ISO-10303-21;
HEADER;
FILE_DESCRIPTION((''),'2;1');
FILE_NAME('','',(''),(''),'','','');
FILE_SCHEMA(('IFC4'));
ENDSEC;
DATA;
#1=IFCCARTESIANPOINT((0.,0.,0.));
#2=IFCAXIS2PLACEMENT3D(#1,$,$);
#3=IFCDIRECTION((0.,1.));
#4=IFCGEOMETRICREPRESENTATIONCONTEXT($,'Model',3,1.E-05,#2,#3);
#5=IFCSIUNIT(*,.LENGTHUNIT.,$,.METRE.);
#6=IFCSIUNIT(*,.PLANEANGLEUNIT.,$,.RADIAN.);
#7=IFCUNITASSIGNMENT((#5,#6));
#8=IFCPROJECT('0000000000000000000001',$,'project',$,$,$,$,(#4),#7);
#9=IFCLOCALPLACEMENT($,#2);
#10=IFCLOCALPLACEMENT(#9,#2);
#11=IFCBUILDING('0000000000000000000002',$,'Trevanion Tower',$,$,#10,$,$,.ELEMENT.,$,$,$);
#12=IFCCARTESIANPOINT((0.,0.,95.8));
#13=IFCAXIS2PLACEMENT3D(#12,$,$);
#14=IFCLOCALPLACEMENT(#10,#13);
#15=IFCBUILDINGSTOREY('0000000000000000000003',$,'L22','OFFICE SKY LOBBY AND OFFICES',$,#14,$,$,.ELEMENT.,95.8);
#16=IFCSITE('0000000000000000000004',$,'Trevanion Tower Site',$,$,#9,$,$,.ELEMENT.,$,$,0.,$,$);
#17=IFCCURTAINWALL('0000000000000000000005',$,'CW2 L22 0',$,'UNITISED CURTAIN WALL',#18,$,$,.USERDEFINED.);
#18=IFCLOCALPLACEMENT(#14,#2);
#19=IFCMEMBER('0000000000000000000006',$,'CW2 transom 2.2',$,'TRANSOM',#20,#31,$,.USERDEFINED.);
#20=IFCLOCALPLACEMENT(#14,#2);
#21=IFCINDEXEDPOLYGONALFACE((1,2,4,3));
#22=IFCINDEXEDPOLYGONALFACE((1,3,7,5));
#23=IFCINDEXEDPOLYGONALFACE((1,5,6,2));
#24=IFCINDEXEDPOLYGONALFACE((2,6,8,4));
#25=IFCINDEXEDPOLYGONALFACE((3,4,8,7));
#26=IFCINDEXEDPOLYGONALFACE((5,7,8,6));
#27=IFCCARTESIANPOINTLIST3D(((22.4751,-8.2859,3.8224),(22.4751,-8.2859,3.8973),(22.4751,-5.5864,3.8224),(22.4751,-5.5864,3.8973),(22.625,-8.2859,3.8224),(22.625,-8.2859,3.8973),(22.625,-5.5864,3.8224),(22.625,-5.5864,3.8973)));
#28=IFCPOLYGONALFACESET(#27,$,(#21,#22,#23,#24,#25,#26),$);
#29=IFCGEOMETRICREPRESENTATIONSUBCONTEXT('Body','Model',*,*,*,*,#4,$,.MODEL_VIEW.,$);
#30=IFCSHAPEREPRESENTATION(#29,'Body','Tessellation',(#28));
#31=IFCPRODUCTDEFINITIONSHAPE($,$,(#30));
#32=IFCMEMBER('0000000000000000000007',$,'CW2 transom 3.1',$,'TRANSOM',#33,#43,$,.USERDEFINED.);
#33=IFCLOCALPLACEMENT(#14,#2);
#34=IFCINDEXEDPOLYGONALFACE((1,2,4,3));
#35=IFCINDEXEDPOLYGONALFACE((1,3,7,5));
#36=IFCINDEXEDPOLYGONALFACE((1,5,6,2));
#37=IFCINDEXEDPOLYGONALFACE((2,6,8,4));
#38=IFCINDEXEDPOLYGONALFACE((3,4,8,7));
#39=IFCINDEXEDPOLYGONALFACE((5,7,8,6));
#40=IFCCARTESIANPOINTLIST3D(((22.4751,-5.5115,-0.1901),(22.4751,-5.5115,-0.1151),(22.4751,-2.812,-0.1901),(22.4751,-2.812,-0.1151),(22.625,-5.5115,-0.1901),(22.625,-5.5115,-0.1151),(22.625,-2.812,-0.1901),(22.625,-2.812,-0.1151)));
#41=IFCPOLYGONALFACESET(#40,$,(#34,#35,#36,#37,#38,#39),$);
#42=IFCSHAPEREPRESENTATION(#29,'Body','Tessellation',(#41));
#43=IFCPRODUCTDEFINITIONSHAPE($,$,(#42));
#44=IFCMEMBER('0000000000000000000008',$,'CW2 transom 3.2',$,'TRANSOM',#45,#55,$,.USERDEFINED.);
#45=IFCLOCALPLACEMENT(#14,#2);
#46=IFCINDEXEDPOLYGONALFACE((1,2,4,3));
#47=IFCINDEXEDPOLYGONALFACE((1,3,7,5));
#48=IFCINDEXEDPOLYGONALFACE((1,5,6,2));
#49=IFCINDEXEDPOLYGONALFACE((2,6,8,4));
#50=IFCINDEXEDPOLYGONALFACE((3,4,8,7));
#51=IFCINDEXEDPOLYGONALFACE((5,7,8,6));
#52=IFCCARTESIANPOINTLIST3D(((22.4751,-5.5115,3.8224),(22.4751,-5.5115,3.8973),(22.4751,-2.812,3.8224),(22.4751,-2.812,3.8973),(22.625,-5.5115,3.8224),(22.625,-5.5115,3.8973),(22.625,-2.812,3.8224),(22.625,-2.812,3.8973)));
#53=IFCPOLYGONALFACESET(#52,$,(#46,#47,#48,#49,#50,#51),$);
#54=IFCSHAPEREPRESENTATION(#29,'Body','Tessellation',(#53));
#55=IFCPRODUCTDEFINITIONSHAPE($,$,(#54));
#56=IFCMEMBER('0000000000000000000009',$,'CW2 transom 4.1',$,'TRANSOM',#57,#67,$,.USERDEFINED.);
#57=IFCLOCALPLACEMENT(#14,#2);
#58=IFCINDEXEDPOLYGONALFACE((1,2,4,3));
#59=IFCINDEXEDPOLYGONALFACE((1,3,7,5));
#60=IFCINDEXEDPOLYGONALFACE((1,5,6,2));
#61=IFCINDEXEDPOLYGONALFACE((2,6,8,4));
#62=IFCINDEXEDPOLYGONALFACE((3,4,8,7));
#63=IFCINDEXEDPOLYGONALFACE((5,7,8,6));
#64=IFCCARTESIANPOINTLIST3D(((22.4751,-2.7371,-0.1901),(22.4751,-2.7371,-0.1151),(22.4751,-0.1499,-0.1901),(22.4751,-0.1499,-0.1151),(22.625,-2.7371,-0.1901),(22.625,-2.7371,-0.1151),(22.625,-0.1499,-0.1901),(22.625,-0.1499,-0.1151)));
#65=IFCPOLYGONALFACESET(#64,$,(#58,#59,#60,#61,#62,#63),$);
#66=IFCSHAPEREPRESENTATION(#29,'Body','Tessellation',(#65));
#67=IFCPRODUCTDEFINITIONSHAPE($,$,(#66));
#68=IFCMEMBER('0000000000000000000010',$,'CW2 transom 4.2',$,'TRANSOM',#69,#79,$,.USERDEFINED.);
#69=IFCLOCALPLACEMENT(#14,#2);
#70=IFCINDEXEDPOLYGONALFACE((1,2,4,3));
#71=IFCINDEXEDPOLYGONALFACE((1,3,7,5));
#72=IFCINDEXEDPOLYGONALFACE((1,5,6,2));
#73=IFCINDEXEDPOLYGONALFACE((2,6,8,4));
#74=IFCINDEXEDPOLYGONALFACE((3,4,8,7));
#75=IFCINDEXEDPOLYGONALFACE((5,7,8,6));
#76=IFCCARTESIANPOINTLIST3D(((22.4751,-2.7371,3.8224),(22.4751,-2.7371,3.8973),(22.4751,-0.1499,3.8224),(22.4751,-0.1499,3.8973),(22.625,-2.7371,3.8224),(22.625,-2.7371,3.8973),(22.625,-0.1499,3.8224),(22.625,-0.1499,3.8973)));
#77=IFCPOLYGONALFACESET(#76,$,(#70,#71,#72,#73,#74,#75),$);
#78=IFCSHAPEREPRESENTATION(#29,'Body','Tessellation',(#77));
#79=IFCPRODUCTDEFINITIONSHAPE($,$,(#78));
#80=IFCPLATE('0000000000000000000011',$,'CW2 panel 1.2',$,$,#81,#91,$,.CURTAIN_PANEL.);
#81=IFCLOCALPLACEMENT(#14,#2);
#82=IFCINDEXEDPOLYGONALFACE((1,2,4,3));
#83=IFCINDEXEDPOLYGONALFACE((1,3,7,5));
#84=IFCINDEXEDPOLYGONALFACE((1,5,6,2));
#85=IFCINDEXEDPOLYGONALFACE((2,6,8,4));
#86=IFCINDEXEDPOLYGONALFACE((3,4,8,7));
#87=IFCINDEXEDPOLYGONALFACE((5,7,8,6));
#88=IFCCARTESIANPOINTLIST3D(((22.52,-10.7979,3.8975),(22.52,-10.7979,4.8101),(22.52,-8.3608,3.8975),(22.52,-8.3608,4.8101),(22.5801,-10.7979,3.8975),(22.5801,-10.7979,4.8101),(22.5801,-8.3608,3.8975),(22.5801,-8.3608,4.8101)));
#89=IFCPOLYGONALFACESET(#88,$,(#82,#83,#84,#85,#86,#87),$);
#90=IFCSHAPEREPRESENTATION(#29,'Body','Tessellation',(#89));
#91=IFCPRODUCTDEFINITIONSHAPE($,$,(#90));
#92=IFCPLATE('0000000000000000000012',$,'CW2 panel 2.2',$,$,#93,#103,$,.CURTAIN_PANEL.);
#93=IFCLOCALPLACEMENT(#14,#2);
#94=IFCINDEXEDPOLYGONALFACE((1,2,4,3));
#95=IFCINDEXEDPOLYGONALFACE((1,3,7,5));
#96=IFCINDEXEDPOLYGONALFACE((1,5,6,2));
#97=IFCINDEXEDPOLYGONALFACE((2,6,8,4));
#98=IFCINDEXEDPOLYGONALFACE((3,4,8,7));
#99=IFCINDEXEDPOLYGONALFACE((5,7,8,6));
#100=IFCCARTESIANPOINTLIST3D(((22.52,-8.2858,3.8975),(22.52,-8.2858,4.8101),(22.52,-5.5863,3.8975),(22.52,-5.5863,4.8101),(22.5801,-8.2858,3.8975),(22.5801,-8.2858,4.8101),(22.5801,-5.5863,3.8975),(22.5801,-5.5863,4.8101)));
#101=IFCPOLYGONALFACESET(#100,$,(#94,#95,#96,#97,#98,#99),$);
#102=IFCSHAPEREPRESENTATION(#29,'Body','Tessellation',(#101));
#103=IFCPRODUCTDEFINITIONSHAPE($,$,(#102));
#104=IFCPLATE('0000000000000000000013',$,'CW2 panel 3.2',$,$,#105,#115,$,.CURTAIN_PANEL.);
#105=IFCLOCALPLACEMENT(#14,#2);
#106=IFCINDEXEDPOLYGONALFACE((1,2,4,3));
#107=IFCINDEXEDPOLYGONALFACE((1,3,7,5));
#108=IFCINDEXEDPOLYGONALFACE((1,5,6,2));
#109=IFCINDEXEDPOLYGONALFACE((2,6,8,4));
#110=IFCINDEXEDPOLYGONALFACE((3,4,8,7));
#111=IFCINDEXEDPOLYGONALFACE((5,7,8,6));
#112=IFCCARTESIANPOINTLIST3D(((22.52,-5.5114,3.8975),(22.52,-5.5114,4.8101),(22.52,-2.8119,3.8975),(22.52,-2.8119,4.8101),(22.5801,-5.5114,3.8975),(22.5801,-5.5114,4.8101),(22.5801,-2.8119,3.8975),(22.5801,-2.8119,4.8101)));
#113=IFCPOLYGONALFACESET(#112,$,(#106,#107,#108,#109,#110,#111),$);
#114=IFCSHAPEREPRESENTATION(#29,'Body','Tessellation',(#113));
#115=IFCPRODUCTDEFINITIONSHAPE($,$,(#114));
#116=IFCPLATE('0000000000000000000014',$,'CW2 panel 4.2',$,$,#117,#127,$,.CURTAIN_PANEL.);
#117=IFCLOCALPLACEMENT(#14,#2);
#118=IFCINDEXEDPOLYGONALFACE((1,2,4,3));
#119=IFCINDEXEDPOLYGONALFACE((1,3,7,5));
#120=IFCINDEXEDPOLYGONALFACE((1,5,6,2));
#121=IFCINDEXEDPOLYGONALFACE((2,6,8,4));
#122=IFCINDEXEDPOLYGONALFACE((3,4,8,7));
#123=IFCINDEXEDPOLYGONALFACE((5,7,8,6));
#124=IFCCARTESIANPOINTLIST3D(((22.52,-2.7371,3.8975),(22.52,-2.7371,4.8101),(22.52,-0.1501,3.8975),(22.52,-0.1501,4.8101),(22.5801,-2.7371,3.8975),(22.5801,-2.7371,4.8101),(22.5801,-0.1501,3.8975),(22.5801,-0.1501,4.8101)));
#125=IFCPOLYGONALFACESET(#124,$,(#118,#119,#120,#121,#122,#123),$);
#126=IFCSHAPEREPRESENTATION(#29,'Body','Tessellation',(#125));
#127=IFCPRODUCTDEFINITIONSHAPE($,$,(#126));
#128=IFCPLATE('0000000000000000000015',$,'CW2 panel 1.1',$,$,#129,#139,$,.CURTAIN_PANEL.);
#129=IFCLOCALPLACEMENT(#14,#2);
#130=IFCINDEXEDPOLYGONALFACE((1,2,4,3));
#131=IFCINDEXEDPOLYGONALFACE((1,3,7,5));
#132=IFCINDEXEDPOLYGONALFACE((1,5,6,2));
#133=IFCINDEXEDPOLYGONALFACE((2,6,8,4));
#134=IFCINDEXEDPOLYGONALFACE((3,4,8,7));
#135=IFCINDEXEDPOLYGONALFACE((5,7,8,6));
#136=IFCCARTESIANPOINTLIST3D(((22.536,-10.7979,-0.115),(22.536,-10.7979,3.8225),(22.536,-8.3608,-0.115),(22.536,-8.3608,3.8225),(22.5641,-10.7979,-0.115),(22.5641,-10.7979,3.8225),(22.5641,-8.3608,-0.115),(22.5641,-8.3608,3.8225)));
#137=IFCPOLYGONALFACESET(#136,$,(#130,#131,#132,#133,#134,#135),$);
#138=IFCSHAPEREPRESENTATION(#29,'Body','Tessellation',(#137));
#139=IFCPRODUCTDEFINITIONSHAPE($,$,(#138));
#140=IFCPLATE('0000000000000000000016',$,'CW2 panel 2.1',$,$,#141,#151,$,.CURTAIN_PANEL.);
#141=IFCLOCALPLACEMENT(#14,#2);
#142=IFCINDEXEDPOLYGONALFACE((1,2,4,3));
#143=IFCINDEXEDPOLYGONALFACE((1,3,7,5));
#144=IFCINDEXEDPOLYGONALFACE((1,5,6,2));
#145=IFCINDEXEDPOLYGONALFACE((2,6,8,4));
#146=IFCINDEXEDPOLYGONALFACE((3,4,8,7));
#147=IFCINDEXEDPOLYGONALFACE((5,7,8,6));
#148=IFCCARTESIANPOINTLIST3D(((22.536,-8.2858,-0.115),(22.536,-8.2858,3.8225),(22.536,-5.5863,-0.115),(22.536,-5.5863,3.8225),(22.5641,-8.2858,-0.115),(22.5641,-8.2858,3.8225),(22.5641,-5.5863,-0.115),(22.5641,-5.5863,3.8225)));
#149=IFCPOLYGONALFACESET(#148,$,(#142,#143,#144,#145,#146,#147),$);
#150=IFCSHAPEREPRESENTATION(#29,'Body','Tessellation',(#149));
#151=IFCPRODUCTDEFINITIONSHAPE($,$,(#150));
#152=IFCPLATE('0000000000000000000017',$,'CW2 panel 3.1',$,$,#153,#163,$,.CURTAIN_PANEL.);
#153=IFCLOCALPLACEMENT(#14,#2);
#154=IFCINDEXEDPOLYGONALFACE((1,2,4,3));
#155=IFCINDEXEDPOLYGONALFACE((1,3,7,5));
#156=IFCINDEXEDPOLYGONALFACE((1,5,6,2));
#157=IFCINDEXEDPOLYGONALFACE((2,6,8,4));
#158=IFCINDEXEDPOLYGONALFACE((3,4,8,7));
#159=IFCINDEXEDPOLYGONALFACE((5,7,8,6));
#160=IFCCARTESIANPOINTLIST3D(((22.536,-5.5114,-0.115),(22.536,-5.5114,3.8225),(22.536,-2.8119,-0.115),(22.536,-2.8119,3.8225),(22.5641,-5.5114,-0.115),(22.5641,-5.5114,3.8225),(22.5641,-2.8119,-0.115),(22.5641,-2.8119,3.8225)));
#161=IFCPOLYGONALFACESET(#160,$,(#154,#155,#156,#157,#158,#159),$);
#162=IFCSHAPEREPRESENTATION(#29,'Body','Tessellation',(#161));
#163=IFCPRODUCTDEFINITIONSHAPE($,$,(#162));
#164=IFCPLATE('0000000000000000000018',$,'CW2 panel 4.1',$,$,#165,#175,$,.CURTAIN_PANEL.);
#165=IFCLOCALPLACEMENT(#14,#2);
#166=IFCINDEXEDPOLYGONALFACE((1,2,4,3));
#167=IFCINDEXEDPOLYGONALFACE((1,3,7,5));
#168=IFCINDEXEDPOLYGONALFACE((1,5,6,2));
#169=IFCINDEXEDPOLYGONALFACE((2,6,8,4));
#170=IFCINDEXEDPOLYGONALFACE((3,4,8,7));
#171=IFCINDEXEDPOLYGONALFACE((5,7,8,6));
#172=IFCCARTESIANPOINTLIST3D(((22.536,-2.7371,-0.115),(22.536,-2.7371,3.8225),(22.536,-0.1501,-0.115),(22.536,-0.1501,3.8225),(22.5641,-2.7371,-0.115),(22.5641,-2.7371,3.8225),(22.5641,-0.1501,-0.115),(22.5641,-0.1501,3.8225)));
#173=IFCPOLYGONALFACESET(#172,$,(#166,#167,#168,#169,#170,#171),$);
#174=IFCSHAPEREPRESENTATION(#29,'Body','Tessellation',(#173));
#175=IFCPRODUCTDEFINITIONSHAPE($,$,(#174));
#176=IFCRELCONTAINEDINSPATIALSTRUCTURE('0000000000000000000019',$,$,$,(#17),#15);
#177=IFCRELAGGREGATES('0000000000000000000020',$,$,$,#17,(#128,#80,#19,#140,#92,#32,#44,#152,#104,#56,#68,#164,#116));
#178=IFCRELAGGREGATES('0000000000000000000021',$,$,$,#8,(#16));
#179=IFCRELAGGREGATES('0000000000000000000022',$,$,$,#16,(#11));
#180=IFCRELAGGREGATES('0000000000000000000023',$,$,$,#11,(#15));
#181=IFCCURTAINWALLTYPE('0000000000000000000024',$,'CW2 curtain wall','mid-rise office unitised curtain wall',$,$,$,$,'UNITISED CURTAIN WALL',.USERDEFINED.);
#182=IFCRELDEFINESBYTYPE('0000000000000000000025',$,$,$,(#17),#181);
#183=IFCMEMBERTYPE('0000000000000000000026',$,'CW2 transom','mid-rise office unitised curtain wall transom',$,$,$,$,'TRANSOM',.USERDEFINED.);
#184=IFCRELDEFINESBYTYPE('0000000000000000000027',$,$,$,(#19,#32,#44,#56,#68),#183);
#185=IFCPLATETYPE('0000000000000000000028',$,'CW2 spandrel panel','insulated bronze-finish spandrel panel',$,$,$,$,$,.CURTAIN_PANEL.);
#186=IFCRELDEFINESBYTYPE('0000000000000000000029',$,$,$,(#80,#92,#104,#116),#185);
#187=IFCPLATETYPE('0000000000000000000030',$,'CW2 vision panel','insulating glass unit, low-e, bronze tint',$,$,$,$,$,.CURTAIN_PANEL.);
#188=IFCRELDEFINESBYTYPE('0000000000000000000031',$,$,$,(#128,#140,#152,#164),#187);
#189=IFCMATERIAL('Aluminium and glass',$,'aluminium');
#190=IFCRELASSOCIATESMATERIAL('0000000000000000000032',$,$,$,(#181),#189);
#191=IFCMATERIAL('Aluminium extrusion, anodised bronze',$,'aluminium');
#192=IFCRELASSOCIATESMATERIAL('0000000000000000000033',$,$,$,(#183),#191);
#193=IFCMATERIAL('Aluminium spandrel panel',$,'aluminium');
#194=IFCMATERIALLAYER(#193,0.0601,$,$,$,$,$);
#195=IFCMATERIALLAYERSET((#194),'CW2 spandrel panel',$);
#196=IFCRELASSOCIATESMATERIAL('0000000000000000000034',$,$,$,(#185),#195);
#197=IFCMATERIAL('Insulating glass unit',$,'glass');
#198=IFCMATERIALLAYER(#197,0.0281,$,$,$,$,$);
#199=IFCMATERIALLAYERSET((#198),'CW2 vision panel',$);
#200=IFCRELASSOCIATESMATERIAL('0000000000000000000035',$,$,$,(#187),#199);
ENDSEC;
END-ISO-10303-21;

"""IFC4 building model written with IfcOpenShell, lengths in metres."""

from ifc_helpers import new_model, si_unit, direction, frame, origin, origin_2d, place, context, subcontext, project, spatial, rectangle, extrude, material, layer, layer_set, material_profile, profile_set, type_object, element, aggregate, save


model = new_model("IFC4")

# Units and contexts
model_context = context("Model", 3, precision=1e-05, world=origin(), true_north=direction((0.0, 1.0)))
body_context = subcontext(model_context, "Body", "Model", "MODEL_VIEW")
ifc_project = project(units=[si_unit("LENGTHUNIT", "METRE"), si_unit("PLANEANGLEUNIT", "RADIAN")], contexts=[model_context])

# Site, building, storey
site_placement = place(None, origin())
site = spatial("IfcSite", under=ifc_project, at=site_placement, Name="Trevanion Tower Site", CompositionType="ELEMENT", RefElevation=0.0)
building_placement = place(site_placement, origin())
building = spatial("IfcBuilding", under=site, at=building_placement, Name="Trevanion Tower", CompositionType="ELEMENT")
storey_placement = place(building_placement, frame((0.0, 0.0, 95.8)))
storey = spatial("IfcBuildingStorey", under=building, at=storey_placement, Name="L22", Description="OFFICE SKY LOBBY AND OFFICES", CompositionType="ELEMENT", Elevation=95.8)

# Curtain wall
ifc_material_1 = material(Name="Aluminium and glass", Category="aluminium")
curtain_wall_type = type_object("IfcCurtainWallType", Name="CW2 curtain wall", Description="mid-rise office unitised curtain wall", ElementType="UNITISED CURTAIN WALL", PredefinedType="USERDEFINED", material=ifc_material_1)
curtain_wall_1_placement = place(storey_placement, origin())
curtain_wall_1 = element("IfcCurtainWall", 1, at=curtain_wall_1_placement, inside=storey, type_object=curtain_wall_type, Name="CW2 L22 0", ObjectType="UNITISED CURTAIN WALL", PredefinedType="USERDEFINED")

# Members
ifc_material_2 = material(Name="Aluminium extrusion, anodised bronze", Category="aluminium")
ifc_material_profile_1 = material_profile(ifc_material_2, rectangle(XDim=0.1499, YDim=0.075, at=origin_2d()), Name="CW2 transom")
ifc_profile_set_1 = profile_set([ifc_material_profile_1], Name="Aluminium extrusion, anodised bronze")
member_type_1 = type_object("IfcMemberType", Name="CW2 transom", Description="mid-rise office unitised curtain wall transom", ElementType="TRANSOM", PredefinedType="USERDEFINED", material=ifc_profile_set_1)
member_1_placement = place(storey_placement, frame((22.55, -8.2859, 3.8599), z_axis=(0.0, 1.0, 0.0), x_axis=(-1.0, 0.0, 0.0)))
member_1 = element("IfcMember", 2, at=member_1_placement, type_object=member_type_1, Name="CW2 transom 2.2", ObjectType="TRANSOM", PredefinedType="USERDEFINED", context=body_context, shape_type="SweptSolid", body=[
    extrude(rectangle(XDim=0.1499, YDim=0.075, at=origin_2d()), origin(), (0.0, 0.0, 1.0), 2.6995),
])
member_2_placement = place(storey_placement, frame((22.55, -5.5115, -0.1526), z_axis=(0.0, 1.0, 0.0), x_axis=(-1.0, 0.0, 0.0)))
member_2 = element("IfcMember", 3, at=member_2_placement, type_object=member_type_1, Name="CW2 transom 3.1", ObjectType="TRANSOM", PredefinedType="USERDEFINED", context=body_context, shape_type="SweptSolid", body=[
    extrude(rectangle(XDim=0.1499, YDim=0.075, at=origin_2d()), origin(), (0.0, 0.0, 1.0), 2.6995),
])
member_3_placement = place(storey_placement, frame((22.55, -5.5115, 3.8599), z_axis=(0.0, 1.0, 0.0), x_axis=(-1.0, 0.0, 0.0)))
member_3 = element("IfcMember", 4, at=member_3_placement, type_object=member_type_1, Name="CW2 transom 3.2", ObjectType="TRANSOM", PredefinedType="USERDEFINED", context=body_context, shape_type="SweptSolid", body=[
    extrude(rectangle(XDim=0.1499, YDim=0.075, at=origin_2d()), origin(), (0.0, 0.0, 1.0), 2.6995),
])
member_4_placement = place(storey_placement, frame((22.55, -2.7371, -0.1526), z_axis=(0.0, 1.0, 0.0), x_axis=(-1.0, 0.0, 0.0)))
member_4 = element("IfcMember", 5, at=member_4_placement, type_object=member_type_1, Name="CW2 transom 4.1", ObjectType="TRANSOM", PredefinedType="USERDEFINED", context=body_context, shape_type="SweptSolid", body=[
    extrude(rectangle(XDim=0.1499, YDim=0.075, at=origin_2d()), origin(), (0.0, 0.0, 1.0), 2.5872),
])
member_5_placement = place(storey_placement, frame((22.55, -2.7371, 3.8599), z_axis=(0.0, 1.0, 0.0), x_axis=(-1.0, 0.0, 0.0)))
member_5 = element("IfcMember", 6, at=member_5_placement, type_object=member_type_1, Name="CW2 transom 4.2", ObjectType="TRANSOM", PredefinedType="USERDEFINED", context=body_context, shape_type="SweptSolid", body=[
    extrude(rectangle(XDim=0.1499, YDim=0.075, at=origin_2d()), origin(), (0.0, 0.0, 1.0), 2.5872),
])

# Plates
ifc_material_3 = material(Name="Aluminium spandrel panel", Category="aluminium")
ifc_layer_1 = layer(ifc_material_3, 0.0601)
ifc_layer_set_1 = layer_set([ifc_layer_1], Name="CW2 spandrel panel")
plate_type_1 = type_object("IfcPlateType", Name="CW2 spandrel panel", Description="insulated bronze-finish spandrel panel", PredefinedType="CURTAIN_PANEL", material=ifc_layer_set_1)
plate_1_placement = place(storey_placement, frame((22.55, -9.5793, 3.8975), z_axis=(0.0, 0.0, 1.0), x_axis=(0.0, 1.0, 0.0)))
plate_1 = element("IfcPlate", 7, at=plate_1_placement, type_object=plate_type_1, Name="CW2 panel 1.2", PredefinedType="CURTAIN_PANEL", context=body_context, shape_type="SweptSolid", body=[
    extrude(rectangle(XDim=2.437, YDim=0.0601, at=origin_2d()), origin(), (0.0, 0.0, 1.0), 0.9126),
])
plate_2_placement = place(storey_placement, frame((22.55, -6.936, 3.8975), z_axis=(0.0, 0.0, 1.0), x_axis=(0.0, 1.0, 0.0)))
plate_2 = element("IfcPlate", 8, at=plate_2_placement, type_object=plate_type_1, Name="CW2 panel 2.2", PredefinedType="CURTAIN_PANEL", context=body_context, shape_type="SweptSolid", body=[
    extrude(rectangle(XDim=2.6995, YDim=0.0601, at=origin_2d()), origin(), (0.0, 0.0, 1.0), 0.9126),
])
plate_3_placement = place(storey_placement, frame((22.55, -4.1616, 3.8975), z_axis=(0.0, 0.0, 1.0), x_axis=(0.0, 1.0, 0.0)))
plate_3 = element("IfcPlate", 9, at=plate_3_placement, type_object=plate_type_1, Name="CW2 panel 3.2", PredefinedType="CURTAIN_PANEL", context=body_context, shape_type="SweptSolid", body=[
    extrude(rectangle(XDim=2.6995, YDim=0.0601, at=origin_2d()), origin(), (0.0, 0.0, 1.0), 0.9126),
])
plate_4_placement = place(storey_placement, frame((22.55, -1.4436, 3.8975), z_axis=(0.0, 0.0, 1.0), x_axis=(0.0, 1.0, 0.0)))
plate_4 = element("IfcPlate", 10, at=plate_4_placement, type_object=plate_type_1, Name="CW2 panel 4.2", PredefinedType="CURTAIN_PANEL", context=body_context, shape_type="SweptSolid", body=[
    extrude(rectangle(XDim=2.5869, YDim=0.0601, at=origin_2d()), origin(), (0.0, 0.0, 1.0), 0.9126),
])
ifc_material_4 = material(Name="Insulating glass unit", Category="glass")
ifc_layer_2 = layer(ifc_material_4, 0.0281)
ifc_layer_set_2 = layer_set([ifc_layer_2], Name="CW2 vision panel")
plate_type_2 = type_object("IfcPlateType", Name="CW2 vision panel", Description="insulating glass unit, low-e, bronze tint", PredefinedType="CURTAIN_PANEL", material=ifc_layer_set_2)
plate_5_placement = place(storey_placement, frame((22.55, -9.5793, -0.115), z_axis=(0.0, 0.0, 1.0), x_axis=(0.0, 1.0, 0.0)))
plate_5 = element("IfcPlate", 11, at=plate_5_placement, type_object=plate_type_2, Name="CW2 panel 1.1", PredefinedType="CURTAIN_PANEL", context=body_context, shape_type="SweptSolid", body=[
    extrude(rectangle(XDim=2.437, YDim=0.0281, at=origin_2d()), origin(), (0.0, 0.0, 1.0), 3.9375),
])
plate_6_placement = place(storey_placement, frame((22.55, -6.936, -0.115), z_axis=(0.0, 0.0, 1.0), x_axis=(0.0, 1.0, 0.0)))
plate_6 = element("IfcPlate", 12, at=plate_6_placement, type_object=plate_type_2, Name="CW2 panel 2.1", PredefinedType="CURTAIN_PANEL", context=body_context, shape_type="SweptSolid", body=[
    extrude(rectangle(XDim=2.6995, YDim=0.0281, at=origin_2d()), origin(), (0.0, 0.0, 1.0), 3.9375),
])
plate_7_placement = place(storey_placement, frame((22.55, -4.1616, -0.115), z_axis=(0.0, 0.0, 1.0), x_axis=(0.0, 1.0, 0.0)))
plate_7 = element("IfcPlate", 13, at=plate_7_placement, type_object=plate_type_2, Name="CW2 panel 3.1", PredefinedType="CURTAIN_PANEL", context=body_context, shape_type="SweptSolid", body=[
    extrude(rectangle(XDim=2.6995, YDim=0.0281, at=origin_2d()), origin(), (0.0, 0.0, 1.0), 3.9375),
])
plate_8_placement = place(storey_placement, frame((22.55, -1.4436, -0.115), z_axis=(0.0, 0.0, 1.0), x_axis=(0.0, 1.0, 0.0)))
plate_8 = element("IfcPlate", 14, at=plate_8_placement, type_object=plate_type_2, Name="CW2 panel 4.1", PredefinedType="CURTAIN_PANEL", context=body_context, shape_type="SweptSolid", body=[
    extrude(rectangle(XDim=2.5869, YDim=0.0281, at=origin_2d()), origin(), (0.0, 0.0, 1.0), 3.9375),
])
aggregate(curtain_wall_1, [plate_5, plate_1, member_1, plate_6, plate_2, member_2, member_3, plate_7, plate_3, member_4, member_5, plate_8, plate_4])

save(model, "model.ifc")
